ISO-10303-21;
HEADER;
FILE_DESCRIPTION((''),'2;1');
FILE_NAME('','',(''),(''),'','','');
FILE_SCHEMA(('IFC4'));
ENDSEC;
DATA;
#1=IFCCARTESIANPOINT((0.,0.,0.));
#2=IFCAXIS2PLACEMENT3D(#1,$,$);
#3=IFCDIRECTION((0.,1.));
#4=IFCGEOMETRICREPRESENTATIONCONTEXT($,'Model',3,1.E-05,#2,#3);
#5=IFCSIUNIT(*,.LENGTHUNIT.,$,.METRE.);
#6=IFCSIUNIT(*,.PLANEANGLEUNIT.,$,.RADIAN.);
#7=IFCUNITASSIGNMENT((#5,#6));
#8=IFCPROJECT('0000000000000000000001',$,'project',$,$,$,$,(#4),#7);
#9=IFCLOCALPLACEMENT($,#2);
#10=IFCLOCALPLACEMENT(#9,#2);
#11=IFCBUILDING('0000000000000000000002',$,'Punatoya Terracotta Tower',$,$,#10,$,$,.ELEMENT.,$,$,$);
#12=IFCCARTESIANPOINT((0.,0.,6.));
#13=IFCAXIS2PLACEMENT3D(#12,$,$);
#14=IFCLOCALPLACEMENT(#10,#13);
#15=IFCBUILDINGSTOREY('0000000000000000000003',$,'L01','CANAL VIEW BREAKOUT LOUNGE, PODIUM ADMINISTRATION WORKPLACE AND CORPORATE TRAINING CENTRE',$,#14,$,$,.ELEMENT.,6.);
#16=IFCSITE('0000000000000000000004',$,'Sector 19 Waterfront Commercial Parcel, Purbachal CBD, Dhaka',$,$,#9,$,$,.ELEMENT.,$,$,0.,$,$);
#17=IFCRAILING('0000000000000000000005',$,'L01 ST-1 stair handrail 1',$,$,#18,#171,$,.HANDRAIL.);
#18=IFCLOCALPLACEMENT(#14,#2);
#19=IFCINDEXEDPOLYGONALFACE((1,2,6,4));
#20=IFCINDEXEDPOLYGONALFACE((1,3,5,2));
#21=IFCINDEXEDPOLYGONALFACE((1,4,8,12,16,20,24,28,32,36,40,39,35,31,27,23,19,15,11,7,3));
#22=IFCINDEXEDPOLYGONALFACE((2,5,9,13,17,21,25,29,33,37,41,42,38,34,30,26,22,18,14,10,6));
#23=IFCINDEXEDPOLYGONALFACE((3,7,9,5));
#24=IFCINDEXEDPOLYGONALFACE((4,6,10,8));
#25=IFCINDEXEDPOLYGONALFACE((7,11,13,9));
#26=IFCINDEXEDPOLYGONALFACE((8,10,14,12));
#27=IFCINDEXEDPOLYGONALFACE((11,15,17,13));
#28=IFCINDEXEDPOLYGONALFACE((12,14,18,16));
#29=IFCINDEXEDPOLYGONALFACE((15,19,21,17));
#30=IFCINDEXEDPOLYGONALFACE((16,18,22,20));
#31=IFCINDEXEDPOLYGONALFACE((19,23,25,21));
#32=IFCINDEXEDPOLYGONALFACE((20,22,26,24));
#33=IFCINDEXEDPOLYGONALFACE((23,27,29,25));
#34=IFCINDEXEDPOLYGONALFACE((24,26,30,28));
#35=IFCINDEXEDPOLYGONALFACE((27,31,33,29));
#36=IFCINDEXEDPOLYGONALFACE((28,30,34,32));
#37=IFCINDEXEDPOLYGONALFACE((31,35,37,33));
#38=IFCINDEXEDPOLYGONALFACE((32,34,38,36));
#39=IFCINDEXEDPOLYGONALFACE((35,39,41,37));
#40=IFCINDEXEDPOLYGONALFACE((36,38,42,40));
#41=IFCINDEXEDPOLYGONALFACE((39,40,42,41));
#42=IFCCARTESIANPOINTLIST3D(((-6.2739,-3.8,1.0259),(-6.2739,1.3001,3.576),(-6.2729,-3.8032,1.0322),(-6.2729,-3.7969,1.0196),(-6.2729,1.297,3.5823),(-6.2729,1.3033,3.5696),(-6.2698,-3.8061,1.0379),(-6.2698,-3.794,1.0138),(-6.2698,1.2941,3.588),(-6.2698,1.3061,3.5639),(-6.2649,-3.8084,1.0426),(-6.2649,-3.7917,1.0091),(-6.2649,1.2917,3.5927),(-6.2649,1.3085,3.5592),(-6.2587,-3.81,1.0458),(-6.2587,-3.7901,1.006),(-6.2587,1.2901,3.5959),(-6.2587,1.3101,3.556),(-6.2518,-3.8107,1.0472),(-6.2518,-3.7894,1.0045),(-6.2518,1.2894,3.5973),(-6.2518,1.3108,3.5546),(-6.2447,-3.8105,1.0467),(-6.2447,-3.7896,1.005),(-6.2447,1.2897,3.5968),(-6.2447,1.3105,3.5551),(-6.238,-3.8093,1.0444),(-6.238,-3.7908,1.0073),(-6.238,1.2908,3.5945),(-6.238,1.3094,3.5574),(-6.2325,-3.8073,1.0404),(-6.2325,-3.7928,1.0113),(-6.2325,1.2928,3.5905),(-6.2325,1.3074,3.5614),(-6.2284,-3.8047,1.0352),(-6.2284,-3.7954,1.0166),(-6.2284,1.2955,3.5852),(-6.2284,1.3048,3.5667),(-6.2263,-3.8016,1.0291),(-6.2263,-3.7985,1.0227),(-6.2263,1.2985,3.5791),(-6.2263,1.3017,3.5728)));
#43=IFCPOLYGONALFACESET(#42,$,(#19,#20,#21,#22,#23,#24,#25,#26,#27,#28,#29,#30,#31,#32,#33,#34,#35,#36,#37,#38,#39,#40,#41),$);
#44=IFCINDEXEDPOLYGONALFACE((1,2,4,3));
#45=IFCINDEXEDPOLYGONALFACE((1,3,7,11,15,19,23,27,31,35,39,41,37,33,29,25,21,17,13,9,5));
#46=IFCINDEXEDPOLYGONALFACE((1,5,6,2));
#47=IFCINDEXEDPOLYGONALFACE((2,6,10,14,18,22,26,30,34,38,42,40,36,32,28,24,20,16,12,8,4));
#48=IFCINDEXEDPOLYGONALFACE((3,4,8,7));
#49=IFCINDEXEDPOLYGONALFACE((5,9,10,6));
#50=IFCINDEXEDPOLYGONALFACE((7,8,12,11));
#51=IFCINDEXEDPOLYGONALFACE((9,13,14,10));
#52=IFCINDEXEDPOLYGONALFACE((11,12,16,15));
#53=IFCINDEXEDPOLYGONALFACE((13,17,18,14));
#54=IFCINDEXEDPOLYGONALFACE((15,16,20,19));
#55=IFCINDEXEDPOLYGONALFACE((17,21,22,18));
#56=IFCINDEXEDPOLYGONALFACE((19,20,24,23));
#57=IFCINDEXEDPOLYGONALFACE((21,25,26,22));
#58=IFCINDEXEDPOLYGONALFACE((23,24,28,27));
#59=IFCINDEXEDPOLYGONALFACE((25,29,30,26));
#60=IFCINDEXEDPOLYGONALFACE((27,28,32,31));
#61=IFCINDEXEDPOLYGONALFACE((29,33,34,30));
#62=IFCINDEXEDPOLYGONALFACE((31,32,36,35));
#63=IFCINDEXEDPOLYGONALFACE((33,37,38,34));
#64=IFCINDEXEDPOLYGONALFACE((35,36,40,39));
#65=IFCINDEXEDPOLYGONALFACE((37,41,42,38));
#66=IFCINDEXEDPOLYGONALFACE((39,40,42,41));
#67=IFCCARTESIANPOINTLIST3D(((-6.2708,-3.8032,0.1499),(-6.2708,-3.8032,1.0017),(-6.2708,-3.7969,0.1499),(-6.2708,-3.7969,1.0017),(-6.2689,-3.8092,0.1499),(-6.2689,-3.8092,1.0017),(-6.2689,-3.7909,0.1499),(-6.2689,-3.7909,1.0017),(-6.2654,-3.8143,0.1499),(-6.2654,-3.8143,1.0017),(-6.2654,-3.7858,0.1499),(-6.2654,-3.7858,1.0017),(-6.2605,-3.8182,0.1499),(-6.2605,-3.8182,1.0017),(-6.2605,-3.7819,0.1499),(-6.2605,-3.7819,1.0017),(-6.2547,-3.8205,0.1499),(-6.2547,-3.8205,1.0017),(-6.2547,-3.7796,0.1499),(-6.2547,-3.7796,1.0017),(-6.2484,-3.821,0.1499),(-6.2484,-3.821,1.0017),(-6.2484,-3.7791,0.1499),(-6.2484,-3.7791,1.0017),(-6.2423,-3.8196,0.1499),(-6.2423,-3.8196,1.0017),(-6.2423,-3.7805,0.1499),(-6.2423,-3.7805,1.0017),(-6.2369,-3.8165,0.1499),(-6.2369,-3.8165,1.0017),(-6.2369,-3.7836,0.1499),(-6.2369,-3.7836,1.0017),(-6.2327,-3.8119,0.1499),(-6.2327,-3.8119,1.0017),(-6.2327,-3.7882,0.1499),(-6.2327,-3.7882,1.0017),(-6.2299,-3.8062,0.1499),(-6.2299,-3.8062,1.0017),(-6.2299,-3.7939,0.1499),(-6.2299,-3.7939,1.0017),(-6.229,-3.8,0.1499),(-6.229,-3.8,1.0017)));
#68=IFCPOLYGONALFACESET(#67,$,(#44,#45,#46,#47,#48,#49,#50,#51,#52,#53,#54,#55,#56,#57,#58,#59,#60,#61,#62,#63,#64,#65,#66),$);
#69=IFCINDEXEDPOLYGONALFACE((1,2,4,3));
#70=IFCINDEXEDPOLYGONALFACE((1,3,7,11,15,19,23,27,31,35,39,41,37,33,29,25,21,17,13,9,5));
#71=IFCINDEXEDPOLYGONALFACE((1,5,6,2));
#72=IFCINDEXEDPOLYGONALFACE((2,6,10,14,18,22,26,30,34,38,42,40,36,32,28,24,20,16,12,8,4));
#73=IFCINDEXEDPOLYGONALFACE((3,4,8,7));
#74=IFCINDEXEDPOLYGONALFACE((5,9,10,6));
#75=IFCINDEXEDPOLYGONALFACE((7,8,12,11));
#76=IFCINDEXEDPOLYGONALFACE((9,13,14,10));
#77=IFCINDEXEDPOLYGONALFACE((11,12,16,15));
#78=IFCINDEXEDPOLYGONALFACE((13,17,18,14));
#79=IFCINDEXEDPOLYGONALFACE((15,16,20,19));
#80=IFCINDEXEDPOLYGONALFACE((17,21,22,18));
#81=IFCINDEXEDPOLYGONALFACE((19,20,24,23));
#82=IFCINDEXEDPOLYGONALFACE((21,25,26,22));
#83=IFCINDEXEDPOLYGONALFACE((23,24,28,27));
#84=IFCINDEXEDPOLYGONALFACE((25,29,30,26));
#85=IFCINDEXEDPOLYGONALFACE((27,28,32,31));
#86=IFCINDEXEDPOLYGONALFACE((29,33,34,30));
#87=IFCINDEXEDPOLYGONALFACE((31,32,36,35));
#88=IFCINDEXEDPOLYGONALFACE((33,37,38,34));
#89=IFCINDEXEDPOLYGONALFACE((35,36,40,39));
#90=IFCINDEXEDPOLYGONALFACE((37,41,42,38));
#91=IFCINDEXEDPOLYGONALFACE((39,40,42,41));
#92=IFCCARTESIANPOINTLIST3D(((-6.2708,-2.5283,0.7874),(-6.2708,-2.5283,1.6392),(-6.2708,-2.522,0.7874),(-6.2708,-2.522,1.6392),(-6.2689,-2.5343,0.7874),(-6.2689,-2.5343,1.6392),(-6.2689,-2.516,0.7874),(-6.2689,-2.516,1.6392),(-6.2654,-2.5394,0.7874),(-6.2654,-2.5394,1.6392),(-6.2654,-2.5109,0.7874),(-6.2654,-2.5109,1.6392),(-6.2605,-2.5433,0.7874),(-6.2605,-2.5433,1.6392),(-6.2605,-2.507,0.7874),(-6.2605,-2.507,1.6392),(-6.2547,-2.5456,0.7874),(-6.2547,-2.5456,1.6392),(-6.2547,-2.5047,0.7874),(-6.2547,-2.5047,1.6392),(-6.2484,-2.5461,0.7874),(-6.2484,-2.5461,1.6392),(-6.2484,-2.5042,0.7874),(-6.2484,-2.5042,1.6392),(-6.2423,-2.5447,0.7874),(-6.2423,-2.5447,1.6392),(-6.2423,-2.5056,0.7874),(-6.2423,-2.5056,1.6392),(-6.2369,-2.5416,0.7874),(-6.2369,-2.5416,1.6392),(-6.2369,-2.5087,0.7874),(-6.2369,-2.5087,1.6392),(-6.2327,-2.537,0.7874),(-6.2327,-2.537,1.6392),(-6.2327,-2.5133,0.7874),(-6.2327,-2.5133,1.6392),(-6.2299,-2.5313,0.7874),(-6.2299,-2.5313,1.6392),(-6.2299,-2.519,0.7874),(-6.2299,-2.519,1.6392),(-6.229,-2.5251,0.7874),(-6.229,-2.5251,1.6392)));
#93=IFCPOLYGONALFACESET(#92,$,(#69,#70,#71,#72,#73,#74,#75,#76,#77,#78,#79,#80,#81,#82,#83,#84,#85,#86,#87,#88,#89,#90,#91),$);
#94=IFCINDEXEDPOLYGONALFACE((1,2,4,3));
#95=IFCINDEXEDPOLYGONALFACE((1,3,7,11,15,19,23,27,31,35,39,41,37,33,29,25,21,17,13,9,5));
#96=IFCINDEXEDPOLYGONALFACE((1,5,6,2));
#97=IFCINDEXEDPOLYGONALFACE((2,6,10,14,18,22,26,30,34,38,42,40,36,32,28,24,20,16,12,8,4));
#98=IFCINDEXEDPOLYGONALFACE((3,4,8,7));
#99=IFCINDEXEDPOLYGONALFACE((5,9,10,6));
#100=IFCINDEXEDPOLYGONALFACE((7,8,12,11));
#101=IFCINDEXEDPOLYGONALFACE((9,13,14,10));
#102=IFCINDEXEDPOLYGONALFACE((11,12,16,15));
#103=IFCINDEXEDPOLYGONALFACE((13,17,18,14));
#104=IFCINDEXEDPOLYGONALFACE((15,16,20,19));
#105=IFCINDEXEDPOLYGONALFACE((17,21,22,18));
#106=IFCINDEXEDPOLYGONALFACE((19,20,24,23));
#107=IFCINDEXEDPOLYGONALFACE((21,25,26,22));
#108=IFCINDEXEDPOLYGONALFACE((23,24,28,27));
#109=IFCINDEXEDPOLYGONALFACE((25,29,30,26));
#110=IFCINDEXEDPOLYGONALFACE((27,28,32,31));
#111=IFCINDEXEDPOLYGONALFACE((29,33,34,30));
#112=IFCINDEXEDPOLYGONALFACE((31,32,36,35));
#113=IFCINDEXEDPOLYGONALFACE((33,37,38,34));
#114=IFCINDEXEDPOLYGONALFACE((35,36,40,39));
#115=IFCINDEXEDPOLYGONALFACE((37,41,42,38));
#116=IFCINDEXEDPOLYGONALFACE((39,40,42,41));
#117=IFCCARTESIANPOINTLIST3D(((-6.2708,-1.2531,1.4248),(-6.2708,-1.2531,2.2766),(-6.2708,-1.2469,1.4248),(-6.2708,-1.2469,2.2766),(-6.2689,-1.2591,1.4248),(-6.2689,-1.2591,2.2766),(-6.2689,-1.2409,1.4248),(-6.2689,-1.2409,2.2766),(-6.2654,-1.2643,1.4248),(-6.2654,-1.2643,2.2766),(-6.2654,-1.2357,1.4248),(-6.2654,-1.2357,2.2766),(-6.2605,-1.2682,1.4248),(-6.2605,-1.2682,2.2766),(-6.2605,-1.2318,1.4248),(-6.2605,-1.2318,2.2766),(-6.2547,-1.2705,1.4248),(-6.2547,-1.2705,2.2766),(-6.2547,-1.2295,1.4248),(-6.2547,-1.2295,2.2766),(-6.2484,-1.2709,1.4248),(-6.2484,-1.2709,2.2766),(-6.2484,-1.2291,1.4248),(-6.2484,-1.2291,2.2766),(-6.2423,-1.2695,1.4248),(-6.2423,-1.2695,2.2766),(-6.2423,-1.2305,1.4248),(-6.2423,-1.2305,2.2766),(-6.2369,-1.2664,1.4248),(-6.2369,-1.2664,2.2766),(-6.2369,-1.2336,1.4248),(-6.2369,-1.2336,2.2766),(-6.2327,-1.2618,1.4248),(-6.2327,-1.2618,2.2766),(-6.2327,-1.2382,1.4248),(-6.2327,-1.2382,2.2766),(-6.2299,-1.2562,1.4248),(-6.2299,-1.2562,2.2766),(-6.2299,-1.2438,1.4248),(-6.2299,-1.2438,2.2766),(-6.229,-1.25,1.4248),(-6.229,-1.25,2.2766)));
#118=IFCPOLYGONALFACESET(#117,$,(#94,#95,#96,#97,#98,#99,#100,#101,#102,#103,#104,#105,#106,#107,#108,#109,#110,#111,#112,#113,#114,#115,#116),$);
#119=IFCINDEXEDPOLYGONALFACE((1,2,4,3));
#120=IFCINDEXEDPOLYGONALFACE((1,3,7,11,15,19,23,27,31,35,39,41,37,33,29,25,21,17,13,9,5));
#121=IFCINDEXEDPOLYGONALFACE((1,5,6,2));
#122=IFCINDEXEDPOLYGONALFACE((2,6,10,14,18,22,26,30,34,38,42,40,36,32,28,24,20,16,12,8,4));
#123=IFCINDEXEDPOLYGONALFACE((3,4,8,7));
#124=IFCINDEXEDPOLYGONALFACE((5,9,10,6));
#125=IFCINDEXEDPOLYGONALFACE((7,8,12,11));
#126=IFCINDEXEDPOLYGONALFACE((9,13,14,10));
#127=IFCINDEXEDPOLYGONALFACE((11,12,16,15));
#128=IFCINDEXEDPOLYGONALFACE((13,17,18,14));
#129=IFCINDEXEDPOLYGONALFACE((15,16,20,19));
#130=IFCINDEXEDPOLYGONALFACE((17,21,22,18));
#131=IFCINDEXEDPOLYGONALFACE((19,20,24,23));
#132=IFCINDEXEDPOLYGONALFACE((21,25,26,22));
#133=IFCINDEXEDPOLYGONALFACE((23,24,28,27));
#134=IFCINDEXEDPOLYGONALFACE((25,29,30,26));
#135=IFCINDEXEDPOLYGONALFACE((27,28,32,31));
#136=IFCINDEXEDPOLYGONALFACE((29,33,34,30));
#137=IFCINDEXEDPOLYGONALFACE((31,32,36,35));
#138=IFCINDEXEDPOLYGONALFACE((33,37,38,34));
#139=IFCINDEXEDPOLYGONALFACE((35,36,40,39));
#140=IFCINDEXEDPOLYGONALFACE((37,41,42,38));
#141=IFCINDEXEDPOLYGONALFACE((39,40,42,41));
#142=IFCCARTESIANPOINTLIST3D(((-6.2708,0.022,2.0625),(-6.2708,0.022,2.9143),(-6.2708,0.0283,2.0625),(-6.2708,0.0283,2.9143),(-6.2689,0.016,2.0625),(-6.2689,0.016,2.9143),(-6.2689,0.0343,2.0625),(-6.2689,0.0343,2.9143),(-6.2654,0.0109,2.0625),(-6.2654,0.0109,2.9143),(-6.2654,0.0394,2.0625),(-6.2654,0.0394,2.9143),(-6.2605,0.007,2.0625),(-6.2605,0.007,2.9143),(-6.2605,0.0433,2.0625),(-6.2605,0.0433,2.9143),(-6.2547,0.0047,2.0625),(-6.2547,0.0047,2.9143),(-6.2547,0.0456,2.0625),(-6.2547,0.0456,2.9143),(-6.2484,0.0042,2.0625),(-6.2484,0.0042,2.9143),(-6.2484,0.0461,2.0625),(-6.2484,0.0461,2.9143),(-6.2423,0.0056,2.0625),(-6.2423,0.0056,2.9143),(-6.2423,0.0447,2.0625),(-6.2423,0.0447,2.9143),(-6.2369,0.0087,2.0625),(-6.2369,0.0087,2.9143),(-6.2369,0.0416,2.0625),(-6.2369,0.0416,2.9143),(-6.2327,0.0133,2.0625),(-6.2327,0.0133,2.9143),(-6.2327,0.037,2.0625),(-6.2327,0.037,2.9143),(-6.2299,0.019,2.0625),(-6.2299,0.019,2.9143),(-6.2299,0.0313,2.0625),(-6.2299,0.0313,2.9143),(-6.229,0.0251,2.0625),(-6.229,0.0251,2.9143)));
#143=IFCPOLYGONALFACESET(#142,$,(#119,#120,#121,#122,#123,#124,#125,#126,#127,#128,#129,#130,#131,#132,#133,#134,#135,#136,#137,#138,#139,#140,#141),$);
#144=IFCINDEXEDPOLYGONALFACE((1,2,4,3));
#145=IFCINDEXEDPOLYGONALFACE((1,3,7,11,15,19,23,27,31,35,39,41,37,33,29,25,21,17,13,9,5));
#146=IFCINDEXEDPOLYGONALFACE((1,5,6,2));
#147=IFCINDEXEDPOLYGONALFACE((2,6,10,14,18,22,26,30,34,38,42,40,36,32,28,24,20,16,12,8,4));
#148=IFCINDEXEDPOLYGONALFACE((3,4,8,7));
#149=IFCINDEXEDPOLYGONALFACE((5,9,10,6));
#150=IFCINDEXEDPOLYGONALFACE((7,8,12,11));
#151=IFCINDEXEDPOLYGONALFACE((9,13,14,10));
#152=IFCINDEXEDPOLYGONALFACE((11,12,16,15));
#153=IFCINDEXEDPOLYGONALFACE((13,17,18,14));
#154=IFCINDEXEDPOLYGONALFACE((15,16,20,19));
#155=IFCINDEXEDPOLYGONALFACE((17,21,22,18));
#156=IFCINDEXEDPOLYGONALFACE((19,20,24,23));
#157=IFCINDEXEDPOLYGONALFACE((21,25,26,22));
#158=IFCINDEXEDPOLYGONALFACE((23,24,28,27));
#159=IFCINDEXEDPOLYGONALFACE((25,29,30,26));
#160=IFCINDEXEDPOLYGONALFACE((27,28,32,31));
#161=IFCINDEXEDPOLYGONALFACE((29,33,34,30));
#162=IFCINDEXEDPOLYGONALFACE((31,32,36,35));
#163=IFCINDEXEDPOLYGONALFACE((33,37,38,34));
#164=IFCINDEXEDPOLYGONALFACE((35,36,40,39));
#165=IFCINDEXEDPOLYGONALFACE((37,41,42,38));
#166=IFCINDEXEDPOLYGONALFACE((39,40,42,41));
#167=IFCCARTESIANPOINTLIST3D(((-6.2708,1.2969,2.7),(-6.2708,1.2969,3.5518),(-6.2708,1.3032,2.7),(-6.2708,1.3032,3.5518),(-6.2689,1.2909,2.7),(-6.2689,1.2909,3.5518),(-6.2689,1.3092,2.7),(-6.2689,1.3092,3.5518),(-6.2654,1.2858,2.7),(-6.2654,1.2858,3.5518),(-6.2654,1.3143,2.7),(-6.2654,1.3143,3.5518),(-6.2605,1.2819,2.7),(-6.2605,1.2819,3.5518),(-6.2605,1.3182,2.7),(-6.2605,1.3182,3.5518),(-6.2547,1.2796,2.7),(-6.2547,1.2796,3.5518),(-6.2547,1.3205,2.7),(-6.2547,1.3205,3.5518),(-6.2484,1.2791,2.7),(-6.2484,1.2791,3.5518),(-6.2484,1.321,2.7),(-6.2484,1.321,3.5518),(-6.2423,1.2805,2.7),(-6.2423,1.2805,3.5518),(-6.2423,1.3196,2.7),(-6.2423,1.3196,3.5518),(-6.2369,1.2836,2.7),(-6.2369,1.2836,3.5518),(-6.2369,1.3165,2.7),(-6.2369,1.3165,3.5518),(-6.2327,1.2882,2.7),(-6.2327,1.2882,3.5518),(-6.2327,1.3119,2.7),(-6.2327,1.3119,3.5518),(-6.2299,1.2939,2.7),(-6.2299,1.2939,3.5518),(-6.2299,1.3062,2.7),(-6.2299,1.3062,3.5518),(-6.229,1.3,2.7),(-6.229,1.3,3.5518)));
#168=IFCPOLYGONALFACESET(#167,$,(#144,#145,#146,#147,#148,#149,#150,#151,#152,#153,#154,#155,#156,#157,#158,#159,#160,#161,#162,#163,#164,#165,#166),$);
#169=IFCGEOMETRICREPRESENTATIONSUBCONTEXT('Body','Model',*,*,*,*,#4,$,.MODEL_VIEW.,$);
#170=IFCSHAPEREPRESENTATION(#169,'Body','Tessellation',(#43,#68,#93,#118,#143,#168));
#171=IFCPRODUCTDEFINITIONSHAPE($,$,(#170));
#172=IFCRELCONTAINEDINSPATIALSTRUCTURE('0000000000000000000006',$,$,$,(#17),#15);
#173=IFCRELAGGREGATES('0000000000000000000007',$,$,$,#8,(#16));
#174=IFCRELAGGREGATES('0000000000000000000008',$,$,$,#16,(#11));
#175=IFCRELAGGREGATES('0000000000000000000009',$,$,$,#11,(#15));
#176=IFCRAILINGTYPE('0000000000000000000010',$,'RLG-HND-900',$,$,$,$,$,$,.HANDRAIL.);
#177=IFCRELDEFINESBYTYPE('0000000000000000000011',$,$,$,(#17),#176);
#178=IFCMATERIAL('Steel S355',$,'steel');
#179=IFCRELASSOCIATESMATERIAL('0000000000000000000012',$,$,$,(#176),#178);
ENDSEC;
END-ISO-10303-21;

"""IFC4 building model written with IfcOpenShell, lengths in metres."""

from ifc_helpers import new_model, si_unit, direction, frame, origin, origin_2d, place, context, subcontext, project, spatial, circle, extrude, material, type_object, element, save


model = new_model("IFC4")

# Units and contexts
model_context = context("Model", 3, precision=1e-05, world=origin(), true_north=direction((0.0, 1.0)))
body_context = subcontext(model_context, "Body", "Model", "MODEL_VIEW")
ifc_project = project(units=[si_unit("LENGTHUNIT", "METRE"), si_unit("PLANEANGLEUNIT", "RADIAN")], contexts=[model_context])

# Site, building, storey
site_placement = place(None, origin())
site = spatial("IfcSite", under=ifc_project, at=site_placement, Name="Sector 19 Waterfront Commercial Parcel, Purbachal CBD, Dhaka", CompositionType="ELEMENT", RefElevation=0.0)
building_placement = place(site_placement, origin())
building = spatial("IfcBuilding", under=site, at=building_placement, Name="Punatoya Terracotta Tower", CompositionType="ELEMENT")
storey_placement = place(building_placement, frame((0.0, 0.0, 6.0)))
storey = spatial("IfcBuildingStorey", under=building, at=storey_placement, Name="L01", Description="CANAL VIEW BREAKOUT LOUNGE, PODIUM ADMINISTRATION WORKPLACE AND CORPORATE TRAINING CENTRE", CompositionType="ELEMENT", Elevation=6.0)

# Shared definitions
ifc_material_1 = material(Name="Steel S355", Category="steel")

# Railing
railing_type = type_object("IfcRailingType", Name="RLG-HND-900", PredefinedType="HANDRAIL", material=ifc_material_1)
railing_placement = place(storey_placement, frame((-6.25, -3.8, 0.1499)))
element("IfcRailing", 1, at=railing_placement, inside=storey, type_object=railing_type, Name="L01 ST-1 stair handrail 1", PredefinedType="HANDRAIL", context=body_context, shape_type="SweptSolid", body=[
    extrude(circle(Radius=0.0239, at=origin_2d()), frame((0.0, 0.0, 0.876), z_axis=(0.0, 0.894427, 0.447214), x_axis=(-1.0, 0.0, 0.0)), (0.0, 0.0, 1.0), 5.7021),
    extrude(circle(Radius=0.021, at=origin_2d()), origin(), (0.0, 0.0, 1.0), 0.8518),
    extrude(circle(Radius=0.021, at=origin_2d()), frame((0.0, 1.2749, 0.6375)), (0.0, 0.0, 1.0), 0.8518),
    extrude(circle(Radius=0.021, at=origin_2d()), frame((0.0, 2.55, 1.2749)), (0.0, 0.0, 1.0), 0.8518),
    extrude(circle(Radius=0.021, at=origin_2d()), frame((0.0, 3.8252, 1.9126)), (0.0, 0.0, 1.0), 0.8518),
    extrude(circle(Radius=0.021, at=origin_2d()), frame((0.0, 5.1001, 2.55)), (0.0, 0.0, 1.0), 0.8518),
])

save(model, "model.ifc")
